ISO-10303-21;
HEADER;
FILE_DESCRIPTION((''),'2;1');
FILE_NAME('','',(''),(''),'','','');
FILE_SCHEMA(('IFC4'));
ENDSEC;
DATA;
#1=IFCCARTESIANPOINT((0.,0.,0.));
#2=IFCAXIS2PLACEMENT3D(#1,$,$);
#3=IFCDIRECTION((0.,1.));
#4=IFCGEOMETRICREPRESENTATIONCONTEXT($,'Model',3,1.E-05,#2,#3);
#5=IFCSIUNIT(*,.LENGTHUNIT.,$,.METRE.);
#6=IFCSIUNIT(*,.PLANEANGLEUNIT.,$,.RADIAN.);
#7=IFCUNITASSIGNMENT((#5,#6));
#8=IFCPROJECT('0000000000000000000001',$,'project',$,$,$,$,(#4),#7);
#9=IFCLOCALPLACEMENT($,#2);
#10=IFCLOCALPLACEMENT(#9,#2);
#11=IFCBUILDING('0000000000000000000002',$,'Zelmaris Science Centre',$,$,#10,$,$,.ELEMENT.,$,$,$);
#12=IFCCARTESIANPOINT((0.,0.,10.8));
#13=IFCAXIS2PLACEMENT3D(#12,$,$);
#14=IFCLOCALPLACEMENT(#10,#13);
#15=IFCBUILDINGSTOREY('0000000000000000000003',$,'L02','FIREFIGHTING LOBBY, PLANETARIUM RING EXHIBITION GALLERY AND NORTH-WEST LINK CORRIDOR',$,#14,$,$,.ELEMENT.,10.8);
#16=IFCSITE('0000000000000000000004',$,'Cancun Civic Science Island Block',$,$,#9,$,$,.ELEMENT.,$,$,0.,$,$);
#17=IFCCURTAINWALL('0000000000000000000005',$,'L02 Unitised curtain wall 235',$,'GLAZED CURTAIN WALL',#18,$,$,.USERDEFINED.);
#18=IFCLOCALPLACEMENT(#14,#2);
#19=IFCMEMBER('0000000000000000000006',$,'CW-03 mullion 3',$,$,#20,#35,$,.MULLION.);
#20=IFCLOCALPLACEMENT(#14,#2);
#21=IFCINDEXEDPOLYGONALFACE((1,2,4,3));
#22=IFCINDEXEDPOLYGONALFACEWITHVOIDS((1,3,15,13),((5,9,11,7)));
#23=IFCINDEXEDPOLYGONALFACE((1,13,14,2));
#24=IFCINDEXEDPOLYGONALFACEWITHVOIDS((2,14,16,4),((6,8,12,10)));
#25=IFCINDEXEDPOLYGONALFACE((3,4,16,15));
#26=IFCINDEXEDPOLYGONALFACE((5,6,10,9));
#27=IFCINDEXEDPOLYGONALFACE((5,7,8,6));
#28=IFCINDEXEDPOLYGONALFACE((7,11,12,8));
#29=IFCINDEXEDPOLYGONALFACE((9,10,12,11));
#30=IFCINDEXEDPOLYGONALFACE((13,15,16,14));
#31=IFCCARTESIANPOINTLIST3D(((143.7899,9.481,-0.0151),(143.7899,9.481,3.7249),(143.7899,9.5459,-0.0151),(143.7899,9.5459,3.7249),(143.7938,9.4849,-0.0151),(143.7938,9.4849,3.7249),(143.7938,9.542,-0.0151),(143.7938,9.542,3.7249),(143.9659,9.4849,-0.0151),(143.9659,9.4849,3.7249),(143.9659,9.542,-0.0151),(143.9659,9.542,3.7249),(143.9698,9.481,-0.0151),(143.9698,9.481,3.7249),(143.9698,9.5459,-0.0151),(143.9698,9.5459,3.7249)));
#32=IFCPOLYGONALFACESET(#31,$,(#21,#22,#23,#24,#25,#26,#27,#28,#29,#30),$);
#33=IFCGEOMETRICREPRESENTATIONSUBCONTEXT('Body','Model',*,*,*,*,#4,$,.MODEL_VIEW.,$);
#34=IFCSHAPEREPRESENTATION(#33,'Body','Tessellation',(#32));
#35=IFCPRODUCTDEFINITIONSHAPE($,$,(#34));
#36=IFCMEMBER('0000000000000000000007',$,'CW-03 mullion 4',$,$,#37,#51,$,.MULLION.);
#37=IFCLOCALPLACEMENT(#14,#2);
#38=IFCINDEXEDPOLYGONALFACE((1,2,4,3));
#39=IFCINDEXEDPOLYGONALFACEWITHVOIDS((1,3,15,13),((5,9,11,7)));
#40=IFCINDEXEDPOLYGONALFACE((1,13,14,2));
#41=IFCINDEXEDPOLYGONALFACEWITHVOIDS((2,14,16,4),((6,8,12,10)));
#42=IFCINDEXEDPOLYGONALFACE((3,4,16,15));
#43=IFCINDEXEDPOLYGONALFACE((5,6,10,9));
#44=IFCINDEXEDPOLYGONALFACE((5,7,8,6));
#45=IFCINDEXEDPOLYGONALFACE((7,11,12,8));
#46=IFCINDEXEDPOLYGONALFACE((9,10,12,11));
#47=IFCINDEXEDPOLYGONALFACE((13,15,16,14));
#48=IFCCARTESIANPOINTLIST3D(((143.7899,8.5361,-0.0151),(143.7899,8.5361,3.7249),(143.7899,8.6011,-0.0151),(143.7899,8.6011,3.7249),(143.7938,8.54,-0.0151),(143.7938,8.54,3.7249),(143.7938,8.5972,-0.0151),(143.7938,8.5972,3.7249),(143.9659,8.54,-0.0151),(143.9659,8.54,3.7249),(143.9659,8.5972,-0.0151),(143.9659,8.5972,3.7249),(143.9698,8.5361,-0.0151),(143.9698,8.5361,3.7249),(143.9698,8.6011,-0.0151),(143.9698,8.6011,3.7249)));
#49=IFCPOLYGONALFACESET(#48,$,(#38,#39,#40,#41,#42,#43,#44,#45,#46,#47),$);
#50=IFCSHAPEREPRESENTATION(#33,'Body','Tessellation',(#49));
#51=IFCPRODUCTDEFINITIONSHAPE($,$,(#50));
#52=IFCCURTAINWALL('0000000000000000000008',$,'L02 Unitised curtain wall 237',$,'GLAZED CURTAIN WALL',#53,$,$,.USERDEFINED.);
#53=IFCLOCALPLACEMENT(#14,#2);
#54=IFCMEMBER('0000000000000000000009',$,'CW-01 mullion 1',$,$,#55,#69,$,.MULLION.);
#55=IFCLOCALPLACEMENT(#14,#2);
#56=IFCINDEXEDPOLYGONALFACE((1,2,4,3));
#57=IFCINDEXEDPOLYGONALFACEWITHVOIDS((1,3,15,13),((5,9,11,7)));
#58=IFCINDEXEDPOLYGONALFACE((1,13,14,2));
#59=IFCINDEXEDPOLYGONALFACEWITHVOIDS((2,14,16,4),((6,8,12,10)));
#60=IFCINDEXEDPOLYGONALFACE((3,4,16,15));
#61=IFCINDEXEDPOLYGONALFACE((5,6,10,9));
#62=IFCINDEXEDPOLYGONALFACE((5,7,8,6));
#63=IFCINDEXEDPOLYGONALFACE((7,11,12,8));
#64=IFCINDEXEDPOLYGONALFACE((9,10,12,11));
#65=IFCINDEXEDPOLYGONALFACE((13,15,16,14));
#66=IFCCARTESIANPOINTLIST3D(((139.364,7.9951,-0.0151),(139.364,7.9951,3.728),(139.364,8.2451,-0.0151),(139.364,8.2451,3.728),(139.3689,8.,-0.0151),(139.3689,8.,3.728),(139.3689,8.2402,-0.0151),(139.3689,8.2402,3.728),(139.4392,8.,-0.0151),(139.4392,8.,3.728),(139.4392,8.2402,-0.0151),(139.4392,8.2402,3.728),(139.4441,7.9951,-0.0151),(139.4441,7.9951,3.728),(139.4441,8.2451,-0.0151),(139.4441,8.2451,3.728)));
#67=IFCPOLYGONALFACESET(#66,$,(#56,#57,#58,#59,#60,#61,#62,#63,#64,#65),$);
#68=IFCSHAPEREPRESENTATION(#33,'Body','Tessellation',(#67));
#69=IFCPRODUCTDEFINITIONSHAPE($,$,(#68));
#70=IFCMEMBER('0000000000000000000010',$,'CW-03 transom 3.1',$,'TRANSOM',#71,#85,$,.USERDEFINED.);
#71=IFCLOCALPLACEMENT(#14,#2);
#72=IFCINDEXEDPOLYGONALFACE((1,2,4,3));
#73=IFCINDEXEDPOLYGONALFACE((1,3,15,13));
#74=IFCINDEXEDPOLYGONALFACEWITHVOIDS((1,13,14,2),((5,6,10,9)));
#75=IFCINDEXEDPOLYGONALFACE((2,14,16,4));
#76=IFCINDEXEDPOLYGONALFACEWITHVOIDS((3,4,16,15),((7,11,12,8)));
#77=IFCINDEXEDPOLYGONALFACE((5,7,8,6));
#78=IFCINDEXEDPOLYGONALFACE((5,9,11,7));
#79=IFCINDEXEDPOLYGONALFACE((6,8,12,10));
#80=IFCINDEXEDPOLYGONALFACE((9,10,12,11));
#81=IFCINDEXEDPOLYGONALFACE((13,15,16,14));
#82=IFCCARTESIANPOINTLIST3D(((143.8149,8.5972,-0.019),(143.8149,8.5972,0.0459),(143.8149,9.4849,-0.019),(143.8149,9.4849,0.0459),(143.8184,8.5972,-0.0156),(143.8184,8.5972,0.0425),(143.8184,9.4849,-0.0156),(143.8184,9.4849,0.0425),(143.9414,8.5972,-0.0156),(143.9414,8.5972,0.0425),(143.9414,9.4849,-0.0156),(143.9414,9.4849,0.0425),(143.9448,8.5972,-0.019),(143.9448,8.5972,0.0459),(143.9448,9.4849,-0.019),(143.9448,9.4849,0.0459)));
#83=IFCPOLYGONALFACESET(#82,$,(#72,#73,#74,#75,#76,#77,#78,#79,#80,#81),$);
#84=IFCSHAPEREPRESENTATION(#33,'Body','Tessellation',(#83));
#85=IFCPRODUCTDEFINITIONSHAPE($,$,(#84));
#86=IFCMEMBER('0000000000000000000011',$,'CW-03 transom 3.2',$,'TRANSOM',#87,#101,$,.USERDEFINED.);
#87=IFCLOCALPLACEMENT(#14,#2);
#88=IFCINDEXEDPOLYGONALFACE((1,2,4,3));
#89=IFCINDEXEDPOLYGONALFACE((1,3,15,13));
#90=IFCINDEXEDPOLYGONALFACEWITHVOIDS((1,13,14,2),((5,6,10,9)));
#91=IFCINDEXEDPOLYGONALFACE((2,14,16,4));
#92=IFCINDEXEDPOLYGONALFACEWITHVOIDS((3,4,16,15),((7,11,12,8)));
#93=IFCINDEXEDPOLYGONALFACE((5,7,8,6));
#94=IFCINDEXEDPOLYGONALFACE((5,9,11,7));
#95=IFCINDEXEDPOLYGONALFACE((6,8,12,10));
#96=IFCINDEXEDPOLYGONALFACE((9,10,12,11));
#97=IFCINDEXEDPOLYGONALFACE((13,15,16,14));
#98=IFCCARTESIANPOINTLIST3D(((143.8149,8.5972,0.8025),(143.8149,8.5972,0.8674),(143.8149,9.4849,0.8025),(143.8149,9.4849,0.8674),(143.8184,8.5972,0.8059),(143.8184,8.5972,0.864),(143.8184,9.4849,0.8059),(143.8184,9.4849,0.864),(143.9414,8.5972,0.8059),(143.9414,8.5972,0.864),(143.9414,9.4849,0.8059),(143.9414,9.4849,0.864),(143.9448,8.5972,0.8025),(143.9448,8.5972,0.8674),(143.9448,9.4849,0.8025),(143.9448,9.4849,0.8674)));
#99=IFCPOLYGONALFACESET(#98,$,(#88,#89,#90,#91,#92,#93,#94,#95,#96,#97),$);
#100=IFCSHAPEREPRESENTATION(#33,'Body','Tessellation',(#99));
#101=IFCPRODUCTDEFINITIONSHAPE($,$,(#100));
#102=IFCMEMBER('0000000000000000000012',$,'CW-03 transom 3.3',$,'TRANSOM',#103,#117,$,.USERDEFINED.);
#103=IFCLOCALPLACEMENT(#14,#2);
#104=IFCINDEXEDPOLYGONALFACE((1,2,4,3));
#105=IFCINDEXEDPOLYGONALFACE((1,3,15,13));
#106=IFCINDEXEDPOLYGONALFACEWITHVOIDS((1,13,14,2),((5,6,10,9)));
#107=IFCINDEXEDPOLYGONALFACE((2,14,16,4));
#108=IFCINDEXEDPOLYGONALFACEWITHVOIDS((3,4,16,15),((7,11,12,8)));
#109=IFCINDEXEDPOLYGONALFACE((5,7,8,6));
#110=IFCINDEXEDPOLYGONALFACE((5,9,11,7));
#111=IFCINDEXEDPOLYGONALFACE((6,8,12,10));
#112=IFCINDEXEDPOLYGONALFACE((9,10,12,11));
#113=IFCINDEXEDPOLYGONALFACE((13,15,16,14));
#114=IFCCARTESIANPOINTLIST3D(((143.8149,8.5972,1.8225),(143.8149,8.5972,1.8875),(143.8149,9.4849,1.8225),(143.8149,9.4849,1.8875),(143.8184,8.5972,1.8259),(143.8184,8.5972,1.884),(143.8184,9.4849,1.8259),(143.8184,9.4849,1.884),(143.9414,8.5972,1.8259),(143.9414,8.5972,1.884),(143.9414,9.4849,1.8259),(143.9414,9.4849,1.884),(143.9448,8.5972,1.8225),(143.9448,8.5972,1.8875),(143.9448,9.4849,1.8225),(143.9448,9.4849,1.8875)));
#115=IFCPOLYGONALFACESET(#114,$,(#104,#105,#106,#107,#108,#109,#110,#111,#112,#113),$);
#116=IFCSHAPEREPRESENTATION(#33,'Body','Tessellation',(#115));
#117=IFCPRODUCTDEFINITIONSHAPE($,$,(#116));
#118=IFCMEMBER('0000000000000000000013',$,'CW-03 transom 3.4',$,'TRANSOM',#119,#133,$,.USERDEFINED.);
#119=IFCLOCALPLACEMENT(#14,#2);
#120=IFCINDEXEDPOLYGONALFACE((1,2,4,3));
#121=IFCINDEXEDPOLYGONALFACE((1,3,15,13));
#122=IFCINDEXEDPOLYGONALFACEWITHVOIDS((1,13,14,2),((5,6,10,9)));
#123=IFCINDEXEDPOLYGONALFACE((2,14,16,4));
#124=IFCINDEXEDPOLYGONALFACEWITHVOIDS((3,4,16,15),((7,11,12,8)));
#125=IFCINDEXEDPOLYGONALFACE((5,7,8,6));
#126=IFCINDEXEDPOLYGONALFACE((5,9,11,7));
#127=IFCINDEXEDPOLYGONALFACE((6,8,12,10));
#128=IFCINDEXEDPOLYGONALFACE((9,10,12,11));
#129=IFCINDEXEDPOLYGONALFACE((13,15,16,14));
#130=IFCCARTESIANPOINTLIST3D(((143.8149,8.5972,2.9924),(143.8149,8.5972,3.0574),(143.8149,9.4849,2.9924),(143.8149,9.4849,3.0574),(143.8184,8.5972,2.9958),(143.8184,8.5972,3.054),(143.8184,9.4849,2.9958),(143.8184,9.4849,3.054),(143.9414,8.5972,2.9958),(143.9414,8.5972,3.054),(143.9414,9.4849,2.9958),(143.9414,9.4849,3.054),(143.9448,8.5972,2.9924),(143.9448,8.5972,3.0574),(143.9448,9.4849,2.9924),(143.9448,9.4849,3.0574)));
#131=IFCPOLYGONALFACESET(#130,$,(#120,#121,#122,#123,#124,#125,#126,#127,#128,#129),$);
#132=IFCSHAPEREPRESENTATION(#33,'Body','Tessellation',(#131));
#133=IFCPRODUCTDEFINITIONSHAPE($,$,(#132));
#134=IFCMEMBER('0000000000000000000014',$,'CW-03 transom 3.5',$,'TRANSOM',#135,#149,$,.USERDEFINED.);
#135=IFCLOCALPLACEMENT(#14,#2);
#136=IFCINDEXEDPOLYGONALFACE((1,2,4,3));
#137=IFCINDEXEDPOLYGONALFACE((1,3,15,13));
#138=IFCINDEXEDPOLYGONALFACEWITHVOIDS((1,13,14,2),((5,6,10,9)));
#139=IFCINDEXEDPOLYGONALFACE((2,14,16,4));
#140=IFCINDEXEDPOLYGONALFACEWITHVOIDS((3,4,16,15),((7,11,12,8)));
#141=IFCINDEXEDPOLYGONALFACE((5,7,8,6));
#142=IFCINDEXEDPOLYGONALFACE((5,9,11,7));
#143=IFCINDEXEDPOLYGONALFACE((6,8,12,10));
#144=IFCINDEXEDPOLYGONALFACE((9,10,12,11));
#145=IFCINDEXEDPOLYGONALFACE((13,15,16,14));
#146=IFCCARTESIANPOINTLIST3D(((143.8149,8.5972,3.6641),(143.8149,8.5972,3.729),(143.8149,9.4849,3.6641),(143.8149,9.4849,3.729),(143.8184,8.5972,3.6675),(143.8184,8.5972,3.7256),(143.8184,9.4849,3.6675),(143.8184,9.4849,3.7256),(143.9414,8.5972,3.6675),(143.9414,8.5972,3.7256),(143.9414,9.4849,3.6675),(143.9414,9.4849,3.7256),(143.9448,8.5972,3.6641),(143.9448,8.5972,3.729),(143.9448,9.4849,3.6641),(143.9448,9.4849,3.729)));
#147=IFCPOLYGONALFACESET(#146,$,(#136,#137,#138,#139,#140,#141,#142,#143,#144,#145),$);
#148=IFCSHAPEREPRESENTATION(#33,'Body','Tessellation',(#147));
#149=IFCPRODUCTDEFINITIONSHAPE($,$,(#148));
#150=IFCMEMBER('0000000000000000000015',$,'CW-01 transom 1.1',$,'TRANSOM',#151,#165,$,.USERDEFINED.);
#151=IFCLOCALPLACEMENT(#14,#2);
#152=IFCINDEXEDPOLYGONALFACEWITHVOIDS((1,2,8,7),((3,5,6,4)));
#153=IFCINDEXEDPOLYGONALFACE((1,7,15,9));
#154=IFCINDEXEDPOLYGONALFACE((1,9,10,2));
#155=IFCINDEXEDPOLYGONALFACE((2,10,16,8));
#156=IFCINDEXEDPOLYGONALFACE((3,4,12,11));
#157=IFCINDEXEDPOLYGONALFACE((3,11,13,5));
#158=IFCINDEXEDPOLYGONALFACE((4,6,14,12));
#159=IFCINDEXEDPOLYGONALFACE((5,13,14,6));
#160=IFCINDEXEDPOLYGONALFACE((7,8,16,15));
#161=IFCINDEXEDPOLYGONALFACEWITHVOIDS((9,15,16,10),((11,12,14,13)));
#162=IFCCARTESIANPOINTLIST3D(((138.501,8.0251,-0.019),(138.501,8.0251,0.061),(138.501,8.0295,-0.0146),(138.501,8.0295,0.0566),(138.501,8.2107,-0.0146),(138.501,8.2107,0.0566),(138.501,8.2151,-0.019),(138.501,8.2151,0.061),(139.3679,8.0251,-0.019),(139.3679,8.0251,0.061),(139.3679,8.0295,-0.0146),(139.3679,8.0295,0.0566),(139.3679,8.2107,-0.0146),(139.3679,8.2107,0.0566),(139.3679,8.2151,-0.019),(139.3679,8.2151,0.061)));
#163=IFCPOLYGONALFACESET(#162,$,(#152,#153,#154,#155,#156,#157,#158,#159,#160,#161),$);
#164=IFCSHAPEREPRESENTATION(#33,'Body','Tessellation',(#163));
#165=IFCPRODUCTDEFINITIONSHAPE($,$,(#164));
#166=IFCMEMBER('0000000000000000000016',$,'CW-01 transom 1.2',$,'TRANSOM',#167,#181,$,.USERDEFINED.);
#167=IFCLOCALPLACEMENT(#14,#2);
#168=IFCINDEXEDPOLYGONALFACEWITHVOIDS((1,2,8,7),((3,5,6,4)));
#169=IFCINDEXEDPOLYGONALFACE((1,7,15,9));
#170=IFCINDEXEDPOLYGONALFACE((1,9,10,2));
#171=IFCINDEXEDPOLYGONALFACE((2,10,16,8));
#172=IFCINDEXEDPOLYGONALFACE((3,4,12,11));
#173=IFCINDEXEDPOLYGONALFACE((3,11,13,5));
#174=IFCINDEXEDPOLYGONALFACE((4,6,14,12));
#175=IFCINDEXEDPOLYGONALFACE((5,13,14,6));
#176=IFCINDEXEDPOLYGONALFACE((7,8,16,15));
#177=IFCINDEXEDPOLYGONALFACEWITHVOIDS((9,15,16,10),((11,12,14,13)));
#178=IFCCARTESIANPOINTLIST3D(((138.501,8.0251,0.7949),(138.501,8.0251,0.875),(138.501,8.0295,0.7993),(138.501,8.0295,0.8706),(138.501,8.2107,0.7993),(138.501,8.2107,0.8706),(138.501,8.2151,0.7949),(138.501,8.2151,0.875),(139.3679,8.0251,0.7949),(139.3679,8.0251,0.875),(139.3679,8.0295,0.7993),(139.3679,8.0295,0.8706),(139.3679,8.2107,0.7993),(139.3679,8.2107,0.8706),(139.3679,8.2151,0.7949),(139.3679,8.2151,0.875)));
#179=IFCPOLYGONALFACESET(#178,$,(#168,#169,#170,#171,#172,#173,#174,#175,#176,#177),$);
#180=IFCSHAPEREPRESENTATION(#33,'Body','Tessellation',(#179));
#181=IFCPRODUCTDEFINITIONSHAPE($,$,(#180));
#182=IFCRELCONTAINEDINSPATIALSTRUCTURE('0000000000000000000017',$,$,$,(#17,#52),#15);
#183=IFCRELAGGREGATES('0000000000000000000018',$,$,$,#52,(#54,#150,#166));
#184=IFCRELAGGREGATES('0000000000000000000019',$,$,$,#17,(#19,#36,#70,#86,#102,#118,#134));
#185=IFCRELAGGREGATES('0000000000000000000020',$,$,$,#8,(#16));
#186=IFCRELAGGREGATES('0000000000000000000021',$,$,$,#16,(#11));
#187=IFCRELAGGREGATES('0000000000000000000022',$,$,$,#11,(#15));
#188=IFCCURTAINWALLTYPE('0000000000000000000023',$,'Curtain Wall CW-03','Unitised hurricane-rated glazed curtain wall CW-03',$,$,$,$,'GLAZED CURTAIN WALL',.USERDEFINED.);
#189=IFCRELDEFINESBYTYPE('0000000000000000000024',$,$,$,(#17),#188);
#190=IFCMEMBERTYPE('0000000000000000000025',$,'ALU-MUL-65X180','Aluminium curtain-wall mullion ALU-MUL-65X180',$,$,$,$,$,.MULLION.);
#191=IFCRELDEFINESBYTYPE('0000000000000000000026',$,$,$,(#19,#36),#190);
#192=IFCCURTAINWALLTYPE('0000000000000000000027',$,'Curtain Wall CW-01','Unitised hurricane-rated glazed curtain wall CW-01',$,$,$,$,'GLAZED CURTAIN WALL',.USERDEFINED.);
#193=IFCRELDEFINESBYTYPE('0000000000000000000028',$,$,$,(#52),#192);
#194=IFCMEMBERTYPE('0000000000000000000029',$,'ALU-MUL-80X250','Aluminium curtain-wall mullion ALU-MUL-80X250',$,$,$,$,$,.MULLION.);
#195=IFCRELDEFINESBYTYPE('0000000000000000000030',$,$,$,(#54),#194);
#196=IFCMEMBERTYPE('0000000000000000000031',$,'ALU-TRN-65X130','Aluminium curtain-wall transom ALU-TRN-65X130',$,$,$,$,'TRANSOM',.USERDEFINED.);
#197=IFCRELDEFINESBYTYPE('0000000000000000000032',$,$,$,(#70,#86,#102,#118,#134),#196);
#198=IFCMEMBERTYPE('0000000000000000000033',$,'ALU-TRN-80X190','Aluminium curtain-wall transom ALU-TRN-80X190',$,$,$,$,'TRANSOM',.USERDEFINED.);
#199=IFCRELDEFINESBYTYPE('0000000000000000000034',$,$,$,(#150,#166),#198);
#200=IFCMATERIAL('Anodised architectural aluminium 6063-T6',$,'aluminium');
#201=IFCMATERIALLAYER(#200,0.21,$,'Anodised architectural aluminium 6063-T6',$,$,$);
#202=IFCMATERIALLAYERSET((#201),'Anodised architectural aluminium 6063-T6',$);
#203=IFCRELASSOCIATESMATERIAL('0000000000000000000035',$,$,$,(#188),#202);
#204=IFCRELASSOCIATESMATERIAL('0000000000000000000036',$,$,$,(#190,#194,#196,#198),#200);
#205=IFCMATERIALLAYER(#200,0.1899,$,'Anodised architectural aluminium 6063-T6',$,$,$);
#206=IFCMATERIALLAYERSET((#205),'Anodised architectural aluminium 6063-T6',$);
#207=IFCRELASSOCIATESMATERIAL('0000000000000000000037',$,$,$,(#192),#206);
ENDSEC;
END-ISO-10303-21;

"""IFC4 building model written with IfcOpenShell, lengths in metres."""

from ifc_helpers import new_model, si_unit, direction, frame, origin, origin_2d, place, context, subcontext, project, spatial, hollow_rectangle, extrude, material, layer, layer_set, material_profile, profile_set, type_object, element, aggregate, save


model = new_model("IFC4")

# Units and contexts
model_context = context("Model", 3, precision=1e-05, world=origin(), true_north=direction((0.0, 1.0)))
body_context = subcontext(model_context, "Body", "Model", "MODEL_VIEW")
ifc_project = project(units=[si_unit("LENGTHUNIT", "METRE"), si_unit("PLANEANGLEUNIT", "RADIAN")], contexts=[model_context])

# Site, building, storey
site_placement = place(None, origin())
site = spatial("IfcSite", under=ifc_project, at=site_placement, Name="Cancun Civic Science Island Block", CompositionType="ELEMENT", RefElevation=0.0)
building_placement = place(site_placement, origin())
building = spatial("IfcBuilding", under=site, at=building_placement, Name="Zelmaris Science Centre", CompositionType="ELEMENT")
storey_placement = place(building_placement, frame((0.0, 0.0, 10.8)))
storey = spatial("IfcBuildingStorey", under=building, at=storey_placement, Name="L02", Description="FIREFIGHTING LOBBY, PLANETARIUM RING EXHIBITION GALLERY AND NORTH-WEST LINK CORRIDOR", CompositionType="ELEMENT", Elevation=10.8)

# Curtain wall, members
ifc_material_1 = material(Name="Anodised architectural aluminium 6063-T6", Category="aluminium")
ifc_layer_1 = layer(ifc_material_1, 0.21, Name="Anodised architectural aluminium 6063-T6")
ifc_layer_set_1 = layer_set([ifc_layer_1], Name="Anodised architectural aluminium 6063-T6")
curtain_wall_type_1 = type_object("IfcCurtainWallType", Name="Curtain Wall CW-03", Description="Unitised hurricane-rated glazed curtain wall CW-03", ElementType="GLAZED CURTAIN WALL", PredefinedType="USERDEFINED", material=ifc_layer_set_1)
curtain_wall_1_placement = place(storey_placement, origin())
curtain_wall_1 = element("IfcCurtainWall", 1, at=curtain_wall_1_placement, inside=storey, type_object=curtain_wall_type_1, Name="L02 Unitised curtain wall 235", ObjectType="GLAZED CURTAIN WALL", PredefinedType="USERDEFINED")
ifc_material_profile_1 = material_profile(ifc_material_1, hollow_rectangle(XDim=0.0649, YDim=0.1799, WallThickness=0.0039, at=origin_2d()), Name="ALU-MUL-65X180")
ifc_profile_set_1 = profile_set([ifc_material_profile_1], Name="Anodised architectural aluminium 6063-T6")
member_type_1 = type_object("IfcMemberType", Name="ALU-MUL-65X180", Description="Aluminium curtain-wall mullion ALU-MUL-65X180", PredefinedType="MULLION", material=ifc_profile_set_1)
member_1_placement = place(storey_placement, frame((143.8799, 9.5134, -0.0151), z_axis=(0.0, 0.0, 1.0), x_axis=(0.0, -1.0, 0.0)))
member_1 = element("IfcMember", 2, at=member_1_placement, type_object=member_type_1, Name="CW-03 mullion 3", PredefinedType="MULLION", context=body_context, shape_type="SweptSolid", body=[
    extrude(hollow_rectangle(XDim=0.0649, YDim=0.1799, WallThickness=0.0039, at=origin_2d()), origin(), (0.0, 0.0, 1.0), 3.74),
])
member_2_placement = place(storey_placement, frame((143.8799, 8.5686, -0.0151), z_axis=(0.0, 0.0, 1.0), x_axis=(0.0, -1.0, 0.0)))
member_2 = element("IfcMember", 3, at=member_2_placement, type_object=member_type_1, Name="CW-03 mullion 4", PredefinedType="MULLION", context=body_context, shape_type="SweptSolid", body=[
    extrude(hollow_rectangle(XDim=0.0649, YDim=0.1799, WallThickness=0.0039, at=origin_2d()), origin(), (0.0, 0.0, 1.0), 3.74),
])

# Curtain wall, member
ifc_layer_2 = layer(ifc_material_1, 0.1899, Name="Anodised architectural aluminium 6063-T6")
ifc_layer_set_2 = layer_set([ifc_layer_2], Name="Anodised architectural aluminium 6063-T6")
curtain_wall_type_2 = type_object("IfcCurtainWallType", Name="Curtain Wall CW-01", Description="Unitised hurricane-rated glazed curtain wall CW-01", ElementType="GLAZED CURTAIN WALL", PredefinedType="USERDEFINED", material=ifc_layer_set_2)
curtain_wall_2_placement = place(storey_placement, origin())
curtain_wall_2 = element("IfcCurtainWall", 4, at=curtain_wall_2_placement, inside=storey, type_object=curtain_wall_type_2, Name="L02 Unitised curtain wall 237", ObjectType="GLAZED CURTAIN WALL", PredefinedType="USERDEFINED")
ifc_material_profile_2 = material_profile(ifc_material_1, hollow_rectangle(XDim=0.0801, YDim=0.25, WallThickness=0.0049, at=origin_2d()), Name="ALU-MUL-80X250")
ifc_profile_set_2 = profile_set([ifc_material_profile_2], Name="Anodised architectural aluminium 6063-T6")
member_type_2 = type_object("IfcMemberType", Name="ALU-MUL-80X250", Description="Aluminium curtain-wall mullion ALU-MUL-80X250", PredefinedType="MULLION", material=ifc_profile_set_2)
member_3_placement = place(storey_placement, frame((139.4041, 8.1201, -0.0151), z_axis=(0.0, 0.0, 1.0), x_axis=(-1.0, 0.0, 0.0)))
member_3 = element("IfcMember", 5, at=member_3_placement, type_object=member_type_2, Name="CW-01 mullion 1", PredefinedType="MULLION", context=body_context, shape_type="SweptSolid", body=[
    extrude(hollow_rectangle(XDim=0.0801, YDim=0.25, WallThickness=0.0049, at=origin_2d()), origin(), (0.0, 0.0, 1.0), 3.7432),
])

# Members
ifc_material_profile_3 = material_profile(ifc_material_1, hollow_rectangle(XDim=0.0649, YDim=0.1299, WallThickness=0.0034, at=origin_2d()), Name="ALU-TRN-65X130")
ifc_profile_set_3 = profile_set([ifc_material_profile_3], Name="Anodised architectural aluminium 6063-T6")
member_type_3 = type_object("IfcMemberType", Name="ALU-TRN-65X130", Description="Aluminium curtain-wall transom ALU-TRN-65X130", ElementType="TRANSOM", PredefinedType="USERDEFINED", material=ifc_profile_set_3)
member_4_placement = place(storey_placement, frame((143.8799, 9.4849, 0.0134), z_axis=(0.0, -1.0, 0.0), x_axis=(0.0, 0.0, 1.0)))
member_4 = element("IfcMember", 6, at=member_4_placement, type_object=member_type_3, Name="CW-03 transom 3.1", ObjectType="TRANSOM", PredefinedType="USERDEFINED", context=body_context, shape_type="SweptSolid", body=[
    extrude(hollow_rectangle(XDim=0.0649, YDim=0.1299, WallThickness=0.0034, at=origin_2d()), origin(), (0.0, 0.0, 1.0), 0.8877),
])
member_5_placement = place(storey_placement, frame((143.8799, 9.4849, 0.835), z_axis=(0.0, -1.0, 0.0), x_axis=(0.0, 0.0, 1.0)))
member_5 = element("IfcMember", 7, at=member_5_placement, type_object=member_type_3, Name="CW-03 transom 3.2", ObjectType="TRANSOM", PredefinedType="USERDEFINED", context=body_context, shape_type="SweptSolid", body=[
    extrude(hollow_rectangle(XDim=0.0649, YDim=0.1299, WallThickness=0.0034, at=origin_2d()), origin(), (0.0, 0.0, 1.0), 0.8877),
])
member_6_placement = place(storey_placement, frame((143.8799, 9.4849, 1.855), z_axis=(0.0, -1.0, 0.0), x_axis=(0.0, 0.0, 1.0)))
member_6 = element("IfcMember", 8, at=member_6_placement, type_object=member_type_3, Name="CW-03 transom 3.3", ObjectType="TRANSOM", PredefinedType="USERDEFINED", context=body_context, shape_type="SweptSolid", body=[
    extrude(hollow_rectangle(XDim=0.0649, YDim=0.1299, WallThickness=0.0034, at=origin_2d()), origin(), (0.0, 0.0, 1.0), 0.8877),
])
member_7_placement = place(storey_placement, frame((143.8799, 9.4849, 3.0249), z_axis=(0.0, -1.0, 0.0), x_axis=(0.0, 0.0, 1.0)))
member_7 = element("IfcMember", 9, at=member_7_placement, type_object=member_type_3, Name="CW-03 transom 3.4", ObjectType="TRANSOM", PredefinedType="USERDEFINED", context=body_context, shape_type="SweptSolid", body=[
    extrude(hollow_rectangle(XDim=0.0649, YDim=0.1299, WallThickness=0.0034, at=origin_2d()), origin(), (0.0, 0.0, 1.0), 0.8877),
])
member_8_placement = place(storey_placement, frame((143.8799, 9.4849, 3.6965), z_axis=(0.0, -1.0, 0.0), x_axis=(0.0, 0.0, 1.0)))
member_8 = element("IfcMember", 10, at=member_8_placement, type_object=member_type_3, Name="CW-03 transom 3.5", ObjectType="TRANSOM", PredefinedType="USERDEFINED", context=body_context, shape_type="SweptSolid", body=[
    extrude(hollow_rectangle(XDim=0.0649, YDim=0.1299, WallThickness=0.0034, at=origin_2d()), origin(), (0.0, 0.0, 1.0), 0.8877),
])
ifc_material_profile_4 = material_profile(ifc_material_1, hollow_rectangle(XDim=0.0801, YDim=0.1899, WallThickness=0.0044, at=origin_2d()), Name="ALU-TRN-80X190")
ifc_profile_set_4 = profile_set([ifc_material_profile_4], Name="Anodised architectural aluminium 6063-T6")
member_type_4 = type_object("IfcMemberType", Name="ALU-TRN-80X190", Description="Aluminium curtain-wall transom ALU-TRN-80X190", ElementType="TRANSOM", PredefinedType="USERDEFINED", material=ifc_profile_set_4)
member_9_placement = place(storey_placement, frame((139.3679, 8.1201, 0.021), z_axis=(-1.0, 0.0, 0.0), x_axis=(0.0, 0.0, 1.0)))
member_9 = element("IfcMember", 11, at=member_9_placement, type_object=member_type_4, Name="CW-01 transom 1.1", ObjectType="TRANSOM", PredefinedType="USERDEFINED", context=body_context, shape_type="SweptSolid", body=[
    extrude(hollow_rectangle(XDim=0.0801, YDim=0.1899, WallThickness=0.0044, at=origin_2d()), origin(), (0.0, 0.0, 1.0), 0.8669),
])
member_10_placement = place(storey_placement, frame((139.3679, 8.1201, 0.835), z_axis=(-1.0, 0.0, 0.0), x_axis=(0.0, 0.0, 1.0)))
member_10 = element("IfcMember", 12, at=member_10_placement, type_object=member_type_4, Name="CW-01 transom 1.2", ObjectType="TRANSOM", PredefinedType="USERDEFINED", context=body_context, shape_type="SweptSolid", body=[
    extrude(hollow_rectangle(XDim=0.0801, YDim=0.1899, WallThickness=0.0044, at=origin_2d()), origin(), (0.0, 0.0, 1.0), 0.8669),
])

aggregate(curtain_wall_2, [member_3, member_9, member_10])
aggregate(curtain_wall_1, [member_1, member_2, member_4, member_5, member_6, member_7, member_8])

save(model, "model.ifc")
